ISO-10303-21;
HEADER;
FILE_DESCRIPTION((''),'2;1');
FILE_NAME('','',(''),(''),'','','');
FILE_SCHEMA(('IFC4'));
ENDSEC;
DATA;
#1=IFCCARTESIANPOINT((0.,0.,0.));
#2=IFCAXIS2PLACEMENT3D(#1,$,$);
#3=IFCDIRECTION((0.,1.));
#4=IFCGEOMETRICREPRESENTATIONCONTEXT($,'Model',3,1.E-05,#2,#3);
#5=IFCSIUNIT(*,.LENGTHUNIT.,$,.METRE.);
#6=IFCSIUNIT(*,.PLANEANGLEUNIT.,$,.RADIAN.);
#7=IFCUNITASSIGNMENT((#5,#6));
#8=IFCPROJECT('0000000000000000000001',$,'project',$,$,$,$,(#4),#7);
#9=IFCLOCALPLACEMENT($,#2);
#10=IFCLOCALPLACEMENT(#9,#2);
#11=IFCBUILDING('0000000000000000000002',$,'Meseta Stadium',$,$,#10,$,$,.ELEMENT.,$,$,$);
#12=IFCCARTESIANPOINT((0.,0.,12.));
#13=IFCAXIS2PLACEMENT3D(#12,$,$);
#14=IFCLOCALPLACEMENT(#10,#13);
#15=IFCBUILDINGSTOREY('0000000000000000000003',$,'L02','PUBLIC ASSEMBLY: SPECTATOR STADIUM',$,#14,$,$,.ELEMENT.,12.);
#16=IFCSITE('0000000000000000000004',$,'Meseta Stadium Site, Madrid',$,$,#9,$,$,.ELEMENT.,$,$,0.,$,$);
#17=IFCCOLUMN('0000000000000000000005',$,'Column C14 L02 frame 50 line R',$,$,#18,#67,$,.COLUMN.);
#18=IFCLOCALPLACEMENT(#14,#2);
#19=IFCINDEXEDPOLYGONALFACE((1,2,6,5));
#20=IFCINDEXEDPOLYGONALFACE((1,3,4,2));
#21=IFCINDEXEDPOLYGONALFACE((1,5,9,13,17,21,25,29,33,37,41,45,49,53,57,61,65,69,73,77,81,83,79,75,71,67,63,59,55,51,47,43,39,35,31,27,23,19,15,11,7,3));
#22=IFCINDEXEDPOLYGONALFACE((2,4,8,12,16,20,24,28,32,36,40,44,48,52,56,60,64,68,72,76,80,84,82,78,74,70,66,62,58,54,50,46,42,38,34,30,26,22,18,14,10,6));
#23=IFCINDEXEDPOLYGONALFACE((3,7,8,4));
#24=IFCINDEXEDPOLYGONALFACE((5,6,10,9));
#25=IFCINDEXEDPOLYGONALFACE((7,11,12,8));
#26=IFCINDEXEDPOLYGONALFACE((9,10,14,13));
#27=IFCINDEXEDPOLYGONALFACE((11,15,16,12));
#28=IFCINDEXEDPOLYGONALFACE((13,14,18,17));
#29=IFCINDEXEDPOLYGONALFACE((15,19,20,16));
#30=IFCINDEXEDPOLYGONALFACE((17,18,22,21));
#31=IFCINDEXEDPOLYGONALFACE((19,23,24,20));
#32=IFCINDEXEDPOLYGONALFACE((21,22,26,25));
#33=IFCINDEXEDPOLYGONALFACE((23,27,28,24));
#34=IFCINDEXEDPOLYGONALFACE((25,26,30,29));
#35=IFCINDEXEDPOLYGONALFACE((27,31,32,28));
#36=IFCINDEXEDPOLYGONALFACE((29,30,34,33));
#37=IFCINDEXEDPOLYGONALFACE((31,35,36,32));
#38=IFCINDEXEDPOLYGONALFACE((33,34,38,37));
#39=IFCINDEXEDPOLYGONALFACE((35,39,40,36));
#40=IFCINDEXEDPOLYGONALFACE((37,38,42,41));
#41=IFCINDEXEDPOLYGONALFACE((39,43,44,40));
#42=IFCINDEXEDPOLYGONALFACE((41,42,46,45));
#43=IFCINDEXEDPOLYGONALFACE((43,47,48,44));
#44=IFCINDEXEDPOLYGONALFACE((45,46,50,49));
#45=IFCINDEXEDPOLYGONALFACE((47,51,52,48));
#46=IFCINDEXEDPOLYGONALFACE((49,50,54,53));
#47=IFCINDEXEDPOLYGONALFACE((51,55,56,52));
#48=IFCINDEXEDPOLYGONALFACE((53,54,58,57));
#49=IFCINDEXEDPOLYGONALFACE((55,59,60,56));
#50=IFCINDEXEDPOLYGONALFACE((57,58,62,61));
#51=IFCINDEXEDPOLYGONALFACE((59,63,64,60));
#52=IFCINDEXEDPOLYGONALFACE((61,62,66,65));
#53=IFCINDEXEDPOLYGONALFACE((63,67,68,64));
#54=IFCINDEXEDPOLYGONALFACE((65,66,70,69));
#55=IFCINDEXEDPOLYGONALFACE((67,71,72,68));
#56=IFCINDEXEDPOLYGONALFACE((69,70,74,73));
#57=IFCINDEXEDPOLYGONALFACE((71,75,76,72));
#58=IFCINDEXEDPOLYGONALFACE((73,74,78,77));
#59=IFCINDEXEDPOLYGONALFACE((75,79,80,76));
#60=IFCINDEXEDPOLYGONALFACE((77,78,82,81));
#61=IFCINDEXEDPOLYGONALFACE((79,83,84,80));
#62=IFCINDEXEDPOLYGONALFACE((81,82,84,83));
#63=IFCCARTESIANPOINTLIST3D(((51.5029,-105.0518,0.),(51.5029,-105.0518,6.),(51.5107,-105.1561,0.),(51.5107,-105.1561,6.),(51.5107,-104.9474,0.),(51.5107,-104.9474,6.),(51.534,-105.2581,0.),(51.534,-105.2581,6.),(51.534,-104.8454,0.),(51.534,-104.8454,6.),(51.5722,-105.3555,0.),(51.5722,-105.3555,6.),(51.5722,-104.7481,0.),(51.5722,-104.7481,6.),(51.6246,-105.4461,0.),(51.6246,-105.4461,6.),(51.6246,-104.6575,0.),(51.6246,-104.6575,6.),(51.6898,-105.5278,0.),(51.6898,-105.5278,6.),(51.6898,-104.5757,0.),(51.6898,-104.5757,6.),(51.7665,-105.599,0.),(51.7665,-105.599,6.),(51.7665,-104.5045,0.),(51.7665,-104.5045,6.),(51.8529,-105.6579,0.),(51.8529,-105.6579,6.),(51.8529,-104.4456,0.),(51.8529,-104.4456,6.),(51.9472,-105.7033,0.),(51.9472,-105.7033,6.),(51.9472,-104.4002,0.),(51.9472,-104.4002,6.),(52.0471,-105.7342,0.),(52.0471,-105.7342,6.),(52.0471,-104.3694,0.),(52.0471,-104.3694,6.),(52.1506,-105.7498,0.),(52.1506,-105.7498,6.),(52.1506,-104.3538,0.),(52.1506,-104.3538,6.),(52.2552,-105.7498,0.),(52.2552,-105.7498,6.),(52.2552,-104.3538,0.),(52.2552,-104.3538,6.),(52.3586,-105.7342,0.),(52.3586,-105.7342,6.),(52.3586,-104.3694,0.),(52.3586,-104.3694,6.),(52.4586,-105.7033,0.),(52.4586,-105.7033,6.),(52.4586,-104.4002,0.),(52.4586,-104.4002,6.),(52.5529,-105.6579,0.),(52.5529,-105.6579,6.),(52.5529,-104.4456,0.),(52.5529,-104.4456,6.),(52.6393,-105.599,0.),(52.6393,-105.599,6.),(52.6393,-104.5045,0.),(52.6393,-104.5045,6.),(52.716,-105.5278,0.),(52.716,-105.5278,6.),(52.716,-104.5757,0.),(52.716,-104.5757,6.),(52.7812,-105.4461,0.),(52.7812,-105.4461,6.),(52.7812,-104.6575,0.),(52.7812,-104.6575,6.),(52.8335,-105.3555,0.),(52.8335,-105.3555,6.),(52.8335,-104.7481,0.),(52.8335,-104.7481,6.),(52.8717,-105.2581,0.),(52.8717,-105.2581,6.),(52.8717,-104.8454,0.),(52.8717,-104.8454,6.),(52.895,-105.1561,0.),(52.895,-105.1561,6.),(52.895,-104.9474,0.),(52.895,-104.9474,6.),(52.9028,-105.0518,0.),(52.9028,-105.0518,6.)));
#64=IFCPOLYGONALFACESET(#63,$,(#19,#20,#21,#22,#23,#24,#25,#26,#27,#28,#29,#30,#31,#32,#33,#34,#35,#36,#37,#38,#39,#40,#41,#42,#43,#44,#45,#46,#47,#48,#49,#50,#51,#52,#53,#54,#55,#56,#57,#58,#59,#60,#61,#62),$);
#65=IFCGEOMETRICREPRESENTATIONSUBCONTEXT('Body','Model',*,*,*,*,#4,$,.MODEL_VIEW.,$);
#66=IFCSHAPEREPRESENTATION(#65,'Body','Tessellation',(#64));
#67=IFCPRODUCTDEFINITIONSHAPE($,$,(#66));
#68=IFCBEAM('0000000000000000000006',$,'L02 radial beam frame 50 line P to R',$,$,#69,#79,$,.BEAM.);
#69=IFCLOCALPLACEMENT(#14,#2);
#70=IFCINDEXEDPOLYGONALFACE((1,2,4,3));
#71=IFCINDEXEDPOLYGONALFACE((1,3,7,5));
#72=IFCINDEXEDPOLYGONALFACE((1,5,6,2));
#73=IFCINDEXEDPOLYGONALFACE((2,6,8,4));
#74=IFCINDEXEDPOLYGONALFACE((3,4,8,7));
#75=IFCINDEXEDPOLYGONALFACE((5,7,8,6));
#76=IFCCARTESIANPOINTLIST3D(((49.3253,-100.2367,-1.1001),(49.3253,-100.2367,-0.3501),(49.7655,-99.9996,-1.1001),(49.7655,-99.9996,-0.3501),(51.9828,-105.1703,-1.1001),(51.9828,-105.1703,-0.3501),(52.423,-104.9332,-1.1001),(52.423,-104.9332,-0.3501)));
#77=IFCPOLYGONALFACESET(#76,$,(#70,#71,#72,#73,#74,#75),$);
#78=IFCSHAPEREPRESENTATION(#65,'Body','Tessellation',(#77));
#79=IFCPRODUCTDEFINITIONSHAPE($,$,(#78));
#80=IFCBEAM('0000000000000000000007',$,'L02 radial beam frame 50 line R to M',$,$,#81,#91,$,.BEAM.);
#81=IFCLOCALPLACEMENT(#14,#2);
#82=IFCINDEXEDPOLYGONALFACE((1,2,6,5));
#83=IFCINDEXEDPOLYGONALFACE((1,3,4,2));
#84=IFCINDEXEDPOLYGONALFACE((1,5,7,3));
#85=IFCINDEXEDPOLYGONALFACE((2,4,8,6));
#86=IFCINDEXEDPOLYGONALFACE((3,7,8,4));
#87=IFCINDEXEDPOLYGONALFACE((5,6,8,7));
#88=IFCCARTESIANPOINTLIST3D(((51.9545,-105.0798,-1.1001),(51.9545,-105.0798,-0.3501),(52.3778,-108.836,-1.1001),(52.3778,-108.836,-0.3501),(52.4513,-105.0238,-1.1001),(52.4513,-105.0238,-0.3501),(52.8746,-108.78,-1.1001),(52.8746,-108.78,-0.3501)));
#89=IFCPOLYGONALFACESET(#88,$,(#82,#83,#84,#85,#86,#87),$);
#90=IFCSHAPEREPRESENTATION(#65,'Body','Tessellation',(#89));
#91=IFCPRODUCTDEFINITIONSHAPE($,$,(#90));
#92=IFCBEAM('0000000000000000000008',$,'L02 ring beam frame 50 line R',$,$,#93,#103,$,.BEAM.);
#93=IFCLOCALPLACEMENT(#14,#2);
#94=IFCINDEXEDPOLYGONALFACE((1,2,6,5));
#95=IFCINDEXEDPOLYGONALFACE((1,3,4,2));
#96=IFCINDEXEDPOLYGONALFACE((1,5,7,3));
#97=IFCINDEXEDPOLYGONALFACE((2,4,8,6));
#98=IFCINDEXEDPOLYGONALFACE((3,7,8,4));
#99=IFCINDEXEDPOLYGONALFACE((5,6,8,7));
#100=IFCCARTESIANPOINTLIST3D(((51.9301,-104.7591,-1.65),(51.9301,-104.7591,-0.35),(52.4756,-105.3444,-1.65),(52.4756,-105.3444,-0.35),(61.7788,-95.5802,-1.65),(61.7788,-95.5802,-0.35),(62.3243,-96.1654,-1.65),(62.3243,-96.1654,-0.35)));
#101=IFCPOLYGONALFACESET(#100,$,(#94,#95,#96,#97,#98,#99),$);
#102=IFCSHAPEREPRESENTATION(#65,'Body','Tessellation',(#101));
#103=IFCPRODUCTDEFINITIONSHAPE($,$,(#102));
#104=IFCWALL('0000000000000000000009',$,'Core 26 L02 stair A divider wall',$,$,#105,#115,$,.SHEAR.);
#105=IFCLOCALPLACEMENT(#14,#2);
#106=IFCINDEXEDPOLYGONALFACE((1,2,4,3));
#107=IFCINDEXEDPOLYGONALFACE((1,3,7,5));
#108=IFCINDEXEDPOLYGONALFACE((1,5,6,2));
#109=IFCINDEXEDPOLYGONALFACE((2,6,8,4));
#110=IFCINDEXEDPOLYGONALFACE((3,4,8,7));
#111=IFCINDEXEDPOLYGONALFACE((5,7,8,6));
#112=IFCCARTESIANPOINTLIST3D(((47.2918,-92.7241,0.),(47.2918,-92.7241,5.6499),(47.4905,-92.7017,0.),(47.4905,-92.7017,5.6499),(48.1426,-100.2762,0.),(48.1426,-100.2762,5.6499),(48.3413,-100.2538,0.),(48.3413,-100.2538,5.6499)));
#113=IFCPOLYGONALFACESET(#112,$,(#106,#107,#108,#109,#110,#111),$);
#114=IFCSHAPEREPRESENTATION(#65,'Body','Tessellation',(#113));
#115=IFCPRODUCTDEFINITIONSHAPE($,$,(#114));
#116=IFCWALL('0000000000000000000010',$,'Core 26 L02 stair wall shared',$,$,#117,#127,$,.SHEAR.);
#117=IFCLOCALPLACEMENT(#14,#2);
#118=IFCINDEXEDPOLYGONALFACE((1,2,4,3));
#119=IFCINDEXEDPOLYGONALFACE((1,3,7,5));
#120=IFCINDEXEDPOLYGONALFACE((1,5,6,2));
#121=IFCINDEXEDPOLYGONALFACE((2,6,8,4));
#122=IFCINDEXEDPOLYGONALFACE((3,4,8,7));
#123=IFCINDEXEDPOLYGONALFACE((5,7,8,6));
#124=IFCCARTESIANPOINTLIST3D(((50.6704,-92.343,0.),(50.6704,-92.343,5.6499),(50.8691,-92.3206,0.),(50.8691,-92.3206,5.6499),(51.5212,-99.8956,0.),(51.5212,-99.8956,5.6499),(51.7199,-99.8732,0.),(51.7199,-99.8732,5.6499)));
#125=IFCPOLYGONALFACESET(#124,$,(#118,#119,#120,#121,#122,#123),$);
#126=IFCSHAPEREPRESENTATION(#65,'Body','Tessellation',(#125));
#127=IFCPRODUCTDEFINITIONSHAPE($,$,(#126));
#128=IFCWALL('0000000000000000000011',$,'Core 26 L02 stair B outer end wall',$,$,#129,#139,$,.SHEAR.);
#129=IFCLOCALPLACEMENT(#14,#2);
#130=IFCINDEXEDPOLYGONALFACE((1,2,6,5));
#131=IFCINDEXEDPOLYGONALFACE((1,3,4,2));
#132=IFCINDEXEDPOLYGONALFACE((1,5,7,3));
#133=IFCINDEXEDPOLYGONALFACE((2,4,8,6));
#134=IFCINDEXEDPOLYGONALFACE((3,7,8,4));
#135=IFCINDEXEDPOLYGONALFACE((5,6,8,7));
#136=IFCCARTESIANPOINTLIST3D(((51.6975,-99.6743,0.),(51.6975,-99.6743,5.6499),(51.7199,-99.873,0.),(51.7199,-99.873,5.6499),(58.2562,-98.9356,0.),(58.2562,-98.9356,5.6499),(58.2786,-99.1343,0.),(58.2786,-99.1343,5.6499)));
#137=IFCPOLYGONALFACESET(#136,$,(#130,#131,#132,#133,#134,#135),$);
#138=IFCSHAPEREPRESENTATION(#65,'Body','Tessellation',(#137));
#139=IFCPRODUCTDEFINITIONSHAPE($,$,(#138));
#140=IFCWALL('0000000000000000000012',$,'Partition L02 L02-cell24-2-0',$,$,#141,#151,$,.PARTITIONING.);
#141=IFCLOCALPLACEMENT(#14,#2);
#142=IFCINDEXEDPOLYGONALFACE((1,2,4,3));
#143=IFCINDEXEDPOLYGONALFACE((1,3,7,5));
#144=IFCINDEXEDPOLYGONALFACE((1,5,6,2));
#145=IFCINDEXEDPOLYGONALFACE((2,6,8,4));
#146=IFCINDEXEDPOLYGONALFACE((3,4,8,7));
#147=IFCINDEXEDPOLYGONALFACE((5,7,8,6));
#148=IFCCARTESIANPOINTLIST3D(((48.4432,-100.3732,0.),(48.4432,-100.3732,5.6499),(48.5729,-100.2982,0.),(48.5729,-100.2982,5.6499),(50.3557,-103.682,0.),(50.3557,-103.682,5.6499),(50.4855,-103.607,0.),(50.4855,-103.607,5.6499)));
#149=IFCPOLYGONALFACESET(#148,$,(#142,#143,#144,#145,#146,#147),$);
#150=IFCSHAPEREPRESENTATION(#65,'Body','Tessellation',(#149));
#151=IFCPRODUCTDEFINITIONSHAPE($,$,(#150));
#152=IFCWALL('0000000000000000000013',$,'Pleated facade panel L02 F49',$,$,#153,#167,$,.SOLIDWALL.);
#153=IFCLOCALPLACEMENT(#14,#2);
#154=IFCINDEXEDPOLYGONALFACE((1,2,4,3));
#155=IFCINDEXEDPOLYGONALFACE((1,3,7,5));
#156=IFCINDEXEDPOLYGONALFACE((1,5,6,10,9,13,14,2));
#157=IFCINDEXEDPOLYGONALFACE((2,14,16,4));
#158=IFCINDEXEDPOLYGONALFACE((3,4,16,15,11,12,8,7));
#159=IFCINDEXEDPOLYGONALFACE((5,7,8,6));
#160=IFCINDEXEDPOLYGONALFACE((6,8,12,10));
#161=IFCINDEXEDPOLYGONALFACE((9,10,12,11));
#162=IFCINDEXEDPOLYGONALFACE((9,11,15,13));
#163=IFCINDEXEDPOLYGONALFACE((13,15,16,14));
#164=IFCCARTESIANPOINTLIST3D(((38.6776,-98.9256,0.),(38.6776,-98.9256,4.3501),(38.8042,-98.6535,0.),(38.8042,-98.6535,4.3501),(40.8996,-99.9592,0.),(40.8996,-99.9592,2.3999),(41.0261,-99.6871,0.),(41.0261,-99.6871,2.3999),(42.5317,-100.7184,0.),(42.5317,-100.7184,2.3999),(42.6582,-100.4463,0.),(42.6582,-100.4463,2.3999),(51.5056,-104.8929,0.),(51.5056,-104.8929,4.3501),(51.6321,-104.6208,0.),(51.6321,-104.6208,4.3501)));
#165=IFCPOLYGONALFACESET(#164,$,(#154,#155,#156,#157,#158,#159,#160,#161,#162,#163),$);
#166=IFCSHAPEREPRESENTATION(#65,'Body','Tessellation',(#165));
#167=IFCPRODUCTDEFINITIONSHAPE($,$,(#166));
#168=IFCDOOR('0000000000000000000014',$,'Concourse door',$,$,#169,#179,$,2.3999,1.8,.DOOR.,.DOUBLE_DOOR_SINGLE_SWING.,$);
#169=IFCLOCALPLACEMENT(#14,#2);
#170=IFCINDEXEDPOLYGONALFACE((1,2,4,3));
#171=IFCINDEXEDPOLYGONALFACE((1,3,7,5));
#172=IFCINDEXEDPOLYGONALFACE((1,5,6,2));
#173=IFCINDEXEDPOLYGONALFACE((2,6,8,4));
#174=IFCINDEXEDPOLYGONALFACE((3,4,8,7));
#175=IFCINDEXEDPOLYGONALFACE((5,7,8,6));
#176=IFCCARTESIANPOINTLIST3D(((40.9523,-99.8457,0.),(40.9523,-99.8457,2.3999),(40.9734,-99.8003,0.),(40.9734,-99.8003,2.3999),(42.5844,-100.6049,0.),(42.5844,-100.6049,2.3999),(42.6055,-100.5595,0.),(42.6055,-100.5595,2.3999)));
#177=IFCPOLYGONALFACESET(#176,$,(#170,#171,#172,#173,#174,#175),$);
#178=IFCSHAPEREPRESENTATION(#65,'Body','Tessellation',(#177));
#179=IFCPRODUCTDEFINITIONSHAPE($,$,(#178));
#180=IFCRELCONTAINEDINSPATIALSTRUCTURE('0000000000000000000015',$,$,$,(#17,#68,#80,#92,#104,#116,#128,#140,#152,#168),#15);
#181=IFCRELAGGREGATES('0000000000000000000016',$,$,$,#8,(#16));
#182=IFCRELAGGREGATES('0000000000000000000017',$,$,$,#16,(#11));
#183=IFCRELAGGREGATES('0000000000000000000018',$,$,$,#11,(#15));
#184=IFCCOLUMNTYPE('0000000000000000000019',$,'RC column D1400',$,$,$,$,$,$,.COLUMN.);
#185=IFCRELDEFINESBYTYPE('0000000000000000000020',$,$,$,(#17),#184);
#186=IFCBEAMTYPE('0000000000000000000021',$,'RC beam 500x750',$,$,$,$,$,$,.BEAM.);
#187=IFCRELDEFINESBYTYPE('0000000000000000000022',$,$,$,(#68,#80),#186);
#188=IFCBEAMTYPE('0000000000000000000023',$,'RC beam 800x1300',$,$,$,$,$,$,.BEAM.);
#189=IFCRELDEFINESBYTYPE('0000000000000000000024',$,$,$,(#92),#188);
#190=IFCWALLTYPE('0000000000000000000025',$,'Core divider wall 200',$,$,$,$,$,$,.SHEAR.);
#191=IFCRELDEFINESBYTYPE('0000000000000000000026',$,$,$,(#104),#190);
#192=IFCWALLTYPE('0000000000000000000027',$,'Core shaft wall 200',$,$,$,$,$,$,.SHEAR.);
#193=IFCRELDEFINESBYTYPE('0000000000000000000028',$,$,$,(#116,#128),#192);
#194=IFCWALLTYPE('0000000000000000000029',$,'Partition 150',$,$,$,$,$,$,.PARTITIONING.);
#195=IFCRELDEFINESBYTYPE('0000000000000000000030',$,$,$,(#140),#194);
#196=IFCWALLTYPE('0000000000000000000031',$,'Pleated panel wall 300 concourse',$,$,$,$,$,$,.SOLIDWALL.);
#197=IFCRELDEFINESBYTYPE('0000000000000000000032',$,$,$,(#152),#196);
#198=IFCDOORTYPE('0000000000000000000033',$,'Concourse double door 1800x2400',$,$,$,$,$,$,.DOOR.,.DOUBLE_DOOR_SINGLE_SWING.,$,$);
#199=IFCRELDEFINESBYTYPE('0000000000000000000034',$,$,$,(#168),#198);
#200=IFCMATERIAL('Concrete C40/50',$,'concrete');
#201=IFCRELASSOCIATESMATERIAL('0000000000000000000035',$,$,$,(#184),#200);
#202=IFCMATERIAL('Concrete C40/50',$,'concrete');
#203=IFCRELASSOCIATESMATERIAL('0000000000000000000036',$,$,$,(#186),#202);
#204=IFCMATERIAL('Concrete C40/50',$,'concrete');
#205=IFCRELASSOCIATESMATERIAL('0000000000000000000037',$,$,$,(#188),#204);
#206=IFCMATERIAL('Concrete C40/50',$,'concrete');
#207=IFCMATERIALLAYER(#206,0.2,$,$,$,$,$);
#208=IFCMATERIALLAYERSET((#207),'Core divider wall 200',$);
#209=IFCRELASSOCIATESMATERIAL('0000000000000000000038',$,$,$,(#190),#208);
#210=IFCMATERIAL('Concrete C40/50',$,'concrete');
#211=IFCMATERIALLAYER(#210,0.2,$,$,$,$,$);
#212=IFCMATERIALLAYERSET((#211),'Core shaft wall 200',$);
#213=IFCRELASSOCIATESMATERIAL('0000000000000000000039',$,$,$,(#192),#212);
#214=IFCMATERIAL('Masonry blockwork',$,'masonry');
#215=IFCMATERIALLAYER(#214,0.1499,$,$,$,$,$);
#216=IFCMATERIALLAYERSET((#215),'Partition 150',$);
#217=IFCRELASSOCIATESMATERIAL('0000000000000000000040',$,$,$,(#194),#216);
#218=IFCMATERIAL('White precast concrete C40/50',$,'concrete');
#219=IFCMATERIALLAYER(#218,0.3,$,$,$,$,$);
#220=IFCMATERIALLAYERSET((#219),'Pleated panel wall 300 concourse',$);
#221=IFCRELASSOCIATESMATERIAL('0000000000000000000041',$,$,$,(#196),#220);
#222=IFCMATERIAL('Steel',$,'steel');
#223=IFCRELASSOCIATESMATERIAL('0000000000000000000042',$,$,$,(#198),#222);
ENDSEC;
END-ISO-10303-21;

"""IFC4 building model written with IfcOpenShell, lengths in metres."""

from ifc_helpers import new_model, si_unit, direction, frame, frame_2d, origin, origin_2d, place, context, subcontext, project, spatial, rectangle, circle, extrude, material, layer, layer_set, material_profile, profile_set, type_object, element, fill, save


model = new_model("IFC4")

# Units and contexts
model_context = context("Model", 3, precision=1e-05, world=origin(), true_north=direction((0.0, 1.0)))
body_context = subcontext(model_context, "Body", "Model", "MODEL_VIEW")
ifc_project = project(units=[si_unit("LENGTHUNIT", "METRE"), si_unit("PLANEANGLEUNIT", "RADIAN")], contexts=[model_context])

# Site, building, storey
site_placement = place(None, origin())
site = spatial("IfcSite", under=ifc_project, at=site_placement, Name="Meseta Stadium Site, Madrid", CompositionType="ELEMENT", RefElevation=0.0)
building_placement = place(site_placement, origin())
building = spatial("IfcBuilding", under=site, at=building_placement, Name="Meseta Stadium", CompositionType="ELEMENT")
storey_placement = place(building_placement, frame((0.0, 0.0, 12.0)))
storey = spatial("IfcBuildingStorey", under=building, at=storey_placement, Name="L02", Description="PUBLIC ASSEMBLY: SPECTATOR STADIUM", CompositionType="ELEMENT", Elevation=12.0)

# Column
ifc_material_1 = material(Name="Concrete C40/50", Category="concrete")
ifc_material_profile_1 = material_profile(ifc_material_1, circle(Radius=0.7, at=origin_2d()), Name="RC D1400")
ifc_profile_set_1 = profile_set([ifc_material_profile_1], Name="Concrete C40/50")
column_type = type_object("IfcColumnType", Name="RC column D1400", PredefinedType="COLUMN", material=ifc_profile_set_1)
column_placement = place(storey_placement, frame((52.2029, -105.0518, 0.0), z_axis=(0.0, 0.0, 1.0), x_axis=(1.0, 0.0, 0.0)))
element("IfcColumn", 1, at=column_placement, inside=storey, type_object=column_type, Name="Column C14 L02 frame 50 line R", PredefinedType="COLUMN", context=body_context, shape_type="SweptSolid", body=[
    extrude(circle(Radius=0.7, at=origin_2d()), origin(), (0.0, 0.0, 1.0), 6.0),
])

# Beams
ifc_material_2 = material(Name="Concrete C40/50", Category="concrete")
ifc_material_profile_2 = material_profile(ifc_material_2, rectangle(XDim=0.5, YDim=0.75, at=origin_2d()), Name="RC 500x750")
ifc_profile_set_2 = profile_set([ifc_material_profile_2], Name="Concrete C40/50")
beam_type_1 = type_object("IfcBeamType", Name="RC beam 500x750", PredefinedType="BEAM", material=ifc_profile_set_2)
beam_1_placement = place(storey_placement, frame((49.5454, -100.1182, -0.7251), z_axis=(0.474227, -0.880403, 0.0), x_axis=(0.880403, 0.474227, 0.0)))
element("IfcBeam", 2, at=beam_1_placement, inside=storey, type_object=beam_type_1, Name="L02 radial beam frame 50 line P to R", PredefinedType="BEAM", context=body_context, shape_type="SweptSolid", body=[
    extrude(rectangle(XDim=0.5, YDim=0.75, at=origin_2d()), origin(), (0.0, 0.0, 1.0), 5.6038),
])
beam_2_placement = place(storey_placement, frame((52.2029, -105.0518, -0.7251), z_axis=(0.111991, -0.993709, 0.0), x_axis=(0.993709, 0.111991, 0.0)))
element("IfcBeam", 3, at=beam_2_placement, inside=storey, type_object=beam_type_1, Name="L02 radial beam frame 50 line R to M", PredefinedType="BEAM", context=body_context, shape_type="SweptSolid", body=[
    extrude(rectangle(XDim=0.5, YDim=0.75, at=origin_2d()), origin(), (0.0, 0.0, 1.0), 3.78),
])
ifc_material_3 = material(Name="Concrete C40/50", Category="concrete")
ifc_material_profile_3 = material_profile(ifc_material_3, rectangle(XDim=0.8, YDim=1.3, at=origin_2d()), Name="RC 800x1300")
ifc_profile_set_3 = profile_set([ifc_material_profile_3], Name="Concrete C40/50")
beam_type_2 = type_object("IfcBeamType", Name="RC beam 800x1300", PredefinedType="BEAM", material=ifc_profile_set_3)
beam_3_placement = place(storey_placement, frame((52.2029, -105.0518, -1.0), z_axis=(0.731541, 0.681798, 0.0), x_axis=(-0.681798, 0.731541, 0.0)))
element("IfcBeam", 4, at=beam_3_placement, inside=storey, type_object=beam_type_2, Name="L02 ring beam frame 50 line R", PredefinedType="BEAM", context=body_context, shape_type="SweptSolid", body=[
    extrude(rectangle(XDim=0.8, YDim=1.3, at=origin_2d()), origin(), (0.0, 0.0, 1.0), 13.4629),
])

# Walls
ifc_material_4 = material(Name="Concrete C40/50", Category="concrete")
ifc_layer_1 = layer(ifc_material_4, 0.2)
ifc_layer_set_1 = layer_set([ifc_layer_1], Name="Core divider wall 200")
wall_type_1 = type_object("IfcWallType", Name="Core divider wall 200", PredefinedType="SHEAR", material=ifc_layer_set_1)
wall_1_placement = place(storey_placement, frame((48.2419, -100.2649, 0.0), z_axis=(0.0, 0.0, 1.0), x_axis=(-0.111955, 0.993713, 0.0)))
element("IfcWall", 5, at=wall_1_placement, inside=storey, type_object=wall_type_1, Name="Core 26 L02 stair A divider wall", PredefinedType="SHEAR", context=body_context, shape_type="SweptSolid", body=[
    extrude(rectangle(XDim=7.5999, YDim=0.2, at=frame_2d((3.7998, 0.0))), origin(), (0.0, 0.0, 1.0), 5.6499),
])
ifc_material_5 = material(Name="Concrete C40/50", Category="concrete")
ifc_layer_2 = layer(ifc_material_5, 0.2)
ifc_layer_set_2 = layer_set([ifc_layer_2], Name="Core shaft wall 200")
wall_type_2 = type_object("IfcWallType", Name="Core shaft wall 200", PredefinedType="SHEAR", material=ifc_layer_set_2)
wall_2_placement = place(storey_placement, frame((51.6206, -99.8845, 0.0), z_axis=(0.0, 0.0, 1.0), x_axis=(-0.111947, 0.993714, 0.0)))
element("IfcWall", 6, at=wall_2_placement, inside=storey, type_object=wall_type_2, Name="Core 26 L02 stair wall shared", PredefinedType="SHEAR", context=body_context, shape_type="SweptSolid", body=[
    extrude(rectangle(XDim=7.6003, YDim=0.2, at=frame_2d((3.8003, 0.0))), origin(), (0.0, 0.0, 1.0), 5.6499),
])
wall_3_placement = place(storey_placement, frame((51.7087, -99.7737, 0.0), z_axis=(0.0, 0.0, 1.0), x_axis=(0.993716, 0.111934, 0.0)))
element("IfcWall", 7, at=wall_3_placement, inside=storey, type_object=wall_type_2, Name="Core 26 L02 stair B outer end wall", PredefinedType="SHEAR", context=body_context, shape_type="SweptSolid", body=[
    extrude(rectangle(XDim=6.6001, YDim=0.2, at=frame_2d((3.3, 0.0))), origin(), (0.0, 0.0, 1.0), 5.6499),
])
ifc_material_6 = material(Name="Masonry blockwork", Category="masonry")
ifc_layer_3 = layer(ifc_material_6, 0.1499)
ifc_layer_set_3 = layer_set([ifc_layer_3], Name="Partition 150")
wall_type_3 = type_object("IfcWallType", Name="Partition 150", PredefinedType="PARTITIONING", material=ifc_layer_set_3)
wall_4_placement = place(storey_placement, frame((48.5081, -100.3357, 0.0), z_axis=(0.0, 0.0, 1.0), x_axis=(0.500439, -0.865772, 0.0)))
element("IfcWall", 8, at=wall_4_placement, inside=storey, type_object=wall_type_3, Name="Partition L02 L02-cell24-2-0", PredefinedType="PARTITIONING", context=body_context, shape_type="SweptSolid", body=[
    extrude(rectangle(XDim=3.8218, YDim=0.1499, at=frame_2d((1.9109, 0.0))), origin(), (0.0, 0.0, 1.0), 5.6499),
])

# Wall, opening, door
ifc_material_7 = material(Name="White precast concrete C40/50", Category="concrete")
ifc_layer_4 = layer(ifc_material_7, 0.3)
ifc_layer_set_4 = layer_set([ifc_layer_4], Name="Pleated panel wall 300 concourse")
wall_type_4 = type_object("IfcWallType", Name="Pleated panel wall 300 concourse", PredefinedType="SOLIDWALL", material=ifc_layer_set_4)
wall_5_placement = place(storey_placement, frame((51.5688, -104.7568, 0.0), z_axis=(0.0, 0.0, 1.0), x_axis=(-0.906699, 0.421779, 0.0)))
wall_5 = element("IfcWall", 9, at=wall_5_placement, inside=storey, type_object=wall_type_4, Name="Pleated facade panel L02 F49", PredefinedType="SOLIDWALL", context=body_context, shape_type="SweptSolid", body=[
    extrude(rectangle(XDim=14.1479, YDim=0.3, at=frame_2d((7.074, 0.0))), origin(), (0.0, 0.0, 1.0), 4.3501),
])
opening_placement = place(wall_5_placement, frame((9.8975, 0.0, 0.0)))
opening = element("IfcOpeningElement", 10, at=opening_placement, cuts=wall_5, PredefinedType="OPENING", context=body_context, shape_type="SweptSolid", body=[
    extrude(rectangle(XDim=1.8, YDim=2.3999, at=frame_2d((0.8999, 1.2))), frame((0.0, 0.1599, 0.0), z_axis=(0.0, -1.0, 0.0), x_axis=(1.0, 0.0, 0.0)), (0.0, 0.0, 1.0), 0.3201),
])
ifc_material_8 = material(Name="Steel", Category="steel")
door_type = type_object("IfcDoorType", Name="Concourse double door 1800x2400", OperationType="DOUBLE_DOOR_SINGLE_SWING", PredefinedType="DOOR", material=ifc_material_8)
door_placement = place(opening_placement, origin())
door = element("IfcDoor", 11, at=door_placement, inside=storey, type_object=door_type, Name="Concourse door", OperationType="DOUBLE_DOOR_SINGLE_SWING", OverallHeight=2.3999, OverallWidth=1.8, PredefinedType="DOOR", context=body_context, shape_type="SweptSolid", body=[
    extrude(rectangle(XDim=1.8, YDim=2.3999, at=frame_2d((0.8999, 1.2))), frame((0.0, 0.0249, 0.0), z_axis=(0.0, -1.0, 0.0), x_axis=(1.0, 0.0, 0.0)), (0.0, 0.0, 1.0), 0.05),
])
fill(opening, door)

save(model, "model.ifc")
